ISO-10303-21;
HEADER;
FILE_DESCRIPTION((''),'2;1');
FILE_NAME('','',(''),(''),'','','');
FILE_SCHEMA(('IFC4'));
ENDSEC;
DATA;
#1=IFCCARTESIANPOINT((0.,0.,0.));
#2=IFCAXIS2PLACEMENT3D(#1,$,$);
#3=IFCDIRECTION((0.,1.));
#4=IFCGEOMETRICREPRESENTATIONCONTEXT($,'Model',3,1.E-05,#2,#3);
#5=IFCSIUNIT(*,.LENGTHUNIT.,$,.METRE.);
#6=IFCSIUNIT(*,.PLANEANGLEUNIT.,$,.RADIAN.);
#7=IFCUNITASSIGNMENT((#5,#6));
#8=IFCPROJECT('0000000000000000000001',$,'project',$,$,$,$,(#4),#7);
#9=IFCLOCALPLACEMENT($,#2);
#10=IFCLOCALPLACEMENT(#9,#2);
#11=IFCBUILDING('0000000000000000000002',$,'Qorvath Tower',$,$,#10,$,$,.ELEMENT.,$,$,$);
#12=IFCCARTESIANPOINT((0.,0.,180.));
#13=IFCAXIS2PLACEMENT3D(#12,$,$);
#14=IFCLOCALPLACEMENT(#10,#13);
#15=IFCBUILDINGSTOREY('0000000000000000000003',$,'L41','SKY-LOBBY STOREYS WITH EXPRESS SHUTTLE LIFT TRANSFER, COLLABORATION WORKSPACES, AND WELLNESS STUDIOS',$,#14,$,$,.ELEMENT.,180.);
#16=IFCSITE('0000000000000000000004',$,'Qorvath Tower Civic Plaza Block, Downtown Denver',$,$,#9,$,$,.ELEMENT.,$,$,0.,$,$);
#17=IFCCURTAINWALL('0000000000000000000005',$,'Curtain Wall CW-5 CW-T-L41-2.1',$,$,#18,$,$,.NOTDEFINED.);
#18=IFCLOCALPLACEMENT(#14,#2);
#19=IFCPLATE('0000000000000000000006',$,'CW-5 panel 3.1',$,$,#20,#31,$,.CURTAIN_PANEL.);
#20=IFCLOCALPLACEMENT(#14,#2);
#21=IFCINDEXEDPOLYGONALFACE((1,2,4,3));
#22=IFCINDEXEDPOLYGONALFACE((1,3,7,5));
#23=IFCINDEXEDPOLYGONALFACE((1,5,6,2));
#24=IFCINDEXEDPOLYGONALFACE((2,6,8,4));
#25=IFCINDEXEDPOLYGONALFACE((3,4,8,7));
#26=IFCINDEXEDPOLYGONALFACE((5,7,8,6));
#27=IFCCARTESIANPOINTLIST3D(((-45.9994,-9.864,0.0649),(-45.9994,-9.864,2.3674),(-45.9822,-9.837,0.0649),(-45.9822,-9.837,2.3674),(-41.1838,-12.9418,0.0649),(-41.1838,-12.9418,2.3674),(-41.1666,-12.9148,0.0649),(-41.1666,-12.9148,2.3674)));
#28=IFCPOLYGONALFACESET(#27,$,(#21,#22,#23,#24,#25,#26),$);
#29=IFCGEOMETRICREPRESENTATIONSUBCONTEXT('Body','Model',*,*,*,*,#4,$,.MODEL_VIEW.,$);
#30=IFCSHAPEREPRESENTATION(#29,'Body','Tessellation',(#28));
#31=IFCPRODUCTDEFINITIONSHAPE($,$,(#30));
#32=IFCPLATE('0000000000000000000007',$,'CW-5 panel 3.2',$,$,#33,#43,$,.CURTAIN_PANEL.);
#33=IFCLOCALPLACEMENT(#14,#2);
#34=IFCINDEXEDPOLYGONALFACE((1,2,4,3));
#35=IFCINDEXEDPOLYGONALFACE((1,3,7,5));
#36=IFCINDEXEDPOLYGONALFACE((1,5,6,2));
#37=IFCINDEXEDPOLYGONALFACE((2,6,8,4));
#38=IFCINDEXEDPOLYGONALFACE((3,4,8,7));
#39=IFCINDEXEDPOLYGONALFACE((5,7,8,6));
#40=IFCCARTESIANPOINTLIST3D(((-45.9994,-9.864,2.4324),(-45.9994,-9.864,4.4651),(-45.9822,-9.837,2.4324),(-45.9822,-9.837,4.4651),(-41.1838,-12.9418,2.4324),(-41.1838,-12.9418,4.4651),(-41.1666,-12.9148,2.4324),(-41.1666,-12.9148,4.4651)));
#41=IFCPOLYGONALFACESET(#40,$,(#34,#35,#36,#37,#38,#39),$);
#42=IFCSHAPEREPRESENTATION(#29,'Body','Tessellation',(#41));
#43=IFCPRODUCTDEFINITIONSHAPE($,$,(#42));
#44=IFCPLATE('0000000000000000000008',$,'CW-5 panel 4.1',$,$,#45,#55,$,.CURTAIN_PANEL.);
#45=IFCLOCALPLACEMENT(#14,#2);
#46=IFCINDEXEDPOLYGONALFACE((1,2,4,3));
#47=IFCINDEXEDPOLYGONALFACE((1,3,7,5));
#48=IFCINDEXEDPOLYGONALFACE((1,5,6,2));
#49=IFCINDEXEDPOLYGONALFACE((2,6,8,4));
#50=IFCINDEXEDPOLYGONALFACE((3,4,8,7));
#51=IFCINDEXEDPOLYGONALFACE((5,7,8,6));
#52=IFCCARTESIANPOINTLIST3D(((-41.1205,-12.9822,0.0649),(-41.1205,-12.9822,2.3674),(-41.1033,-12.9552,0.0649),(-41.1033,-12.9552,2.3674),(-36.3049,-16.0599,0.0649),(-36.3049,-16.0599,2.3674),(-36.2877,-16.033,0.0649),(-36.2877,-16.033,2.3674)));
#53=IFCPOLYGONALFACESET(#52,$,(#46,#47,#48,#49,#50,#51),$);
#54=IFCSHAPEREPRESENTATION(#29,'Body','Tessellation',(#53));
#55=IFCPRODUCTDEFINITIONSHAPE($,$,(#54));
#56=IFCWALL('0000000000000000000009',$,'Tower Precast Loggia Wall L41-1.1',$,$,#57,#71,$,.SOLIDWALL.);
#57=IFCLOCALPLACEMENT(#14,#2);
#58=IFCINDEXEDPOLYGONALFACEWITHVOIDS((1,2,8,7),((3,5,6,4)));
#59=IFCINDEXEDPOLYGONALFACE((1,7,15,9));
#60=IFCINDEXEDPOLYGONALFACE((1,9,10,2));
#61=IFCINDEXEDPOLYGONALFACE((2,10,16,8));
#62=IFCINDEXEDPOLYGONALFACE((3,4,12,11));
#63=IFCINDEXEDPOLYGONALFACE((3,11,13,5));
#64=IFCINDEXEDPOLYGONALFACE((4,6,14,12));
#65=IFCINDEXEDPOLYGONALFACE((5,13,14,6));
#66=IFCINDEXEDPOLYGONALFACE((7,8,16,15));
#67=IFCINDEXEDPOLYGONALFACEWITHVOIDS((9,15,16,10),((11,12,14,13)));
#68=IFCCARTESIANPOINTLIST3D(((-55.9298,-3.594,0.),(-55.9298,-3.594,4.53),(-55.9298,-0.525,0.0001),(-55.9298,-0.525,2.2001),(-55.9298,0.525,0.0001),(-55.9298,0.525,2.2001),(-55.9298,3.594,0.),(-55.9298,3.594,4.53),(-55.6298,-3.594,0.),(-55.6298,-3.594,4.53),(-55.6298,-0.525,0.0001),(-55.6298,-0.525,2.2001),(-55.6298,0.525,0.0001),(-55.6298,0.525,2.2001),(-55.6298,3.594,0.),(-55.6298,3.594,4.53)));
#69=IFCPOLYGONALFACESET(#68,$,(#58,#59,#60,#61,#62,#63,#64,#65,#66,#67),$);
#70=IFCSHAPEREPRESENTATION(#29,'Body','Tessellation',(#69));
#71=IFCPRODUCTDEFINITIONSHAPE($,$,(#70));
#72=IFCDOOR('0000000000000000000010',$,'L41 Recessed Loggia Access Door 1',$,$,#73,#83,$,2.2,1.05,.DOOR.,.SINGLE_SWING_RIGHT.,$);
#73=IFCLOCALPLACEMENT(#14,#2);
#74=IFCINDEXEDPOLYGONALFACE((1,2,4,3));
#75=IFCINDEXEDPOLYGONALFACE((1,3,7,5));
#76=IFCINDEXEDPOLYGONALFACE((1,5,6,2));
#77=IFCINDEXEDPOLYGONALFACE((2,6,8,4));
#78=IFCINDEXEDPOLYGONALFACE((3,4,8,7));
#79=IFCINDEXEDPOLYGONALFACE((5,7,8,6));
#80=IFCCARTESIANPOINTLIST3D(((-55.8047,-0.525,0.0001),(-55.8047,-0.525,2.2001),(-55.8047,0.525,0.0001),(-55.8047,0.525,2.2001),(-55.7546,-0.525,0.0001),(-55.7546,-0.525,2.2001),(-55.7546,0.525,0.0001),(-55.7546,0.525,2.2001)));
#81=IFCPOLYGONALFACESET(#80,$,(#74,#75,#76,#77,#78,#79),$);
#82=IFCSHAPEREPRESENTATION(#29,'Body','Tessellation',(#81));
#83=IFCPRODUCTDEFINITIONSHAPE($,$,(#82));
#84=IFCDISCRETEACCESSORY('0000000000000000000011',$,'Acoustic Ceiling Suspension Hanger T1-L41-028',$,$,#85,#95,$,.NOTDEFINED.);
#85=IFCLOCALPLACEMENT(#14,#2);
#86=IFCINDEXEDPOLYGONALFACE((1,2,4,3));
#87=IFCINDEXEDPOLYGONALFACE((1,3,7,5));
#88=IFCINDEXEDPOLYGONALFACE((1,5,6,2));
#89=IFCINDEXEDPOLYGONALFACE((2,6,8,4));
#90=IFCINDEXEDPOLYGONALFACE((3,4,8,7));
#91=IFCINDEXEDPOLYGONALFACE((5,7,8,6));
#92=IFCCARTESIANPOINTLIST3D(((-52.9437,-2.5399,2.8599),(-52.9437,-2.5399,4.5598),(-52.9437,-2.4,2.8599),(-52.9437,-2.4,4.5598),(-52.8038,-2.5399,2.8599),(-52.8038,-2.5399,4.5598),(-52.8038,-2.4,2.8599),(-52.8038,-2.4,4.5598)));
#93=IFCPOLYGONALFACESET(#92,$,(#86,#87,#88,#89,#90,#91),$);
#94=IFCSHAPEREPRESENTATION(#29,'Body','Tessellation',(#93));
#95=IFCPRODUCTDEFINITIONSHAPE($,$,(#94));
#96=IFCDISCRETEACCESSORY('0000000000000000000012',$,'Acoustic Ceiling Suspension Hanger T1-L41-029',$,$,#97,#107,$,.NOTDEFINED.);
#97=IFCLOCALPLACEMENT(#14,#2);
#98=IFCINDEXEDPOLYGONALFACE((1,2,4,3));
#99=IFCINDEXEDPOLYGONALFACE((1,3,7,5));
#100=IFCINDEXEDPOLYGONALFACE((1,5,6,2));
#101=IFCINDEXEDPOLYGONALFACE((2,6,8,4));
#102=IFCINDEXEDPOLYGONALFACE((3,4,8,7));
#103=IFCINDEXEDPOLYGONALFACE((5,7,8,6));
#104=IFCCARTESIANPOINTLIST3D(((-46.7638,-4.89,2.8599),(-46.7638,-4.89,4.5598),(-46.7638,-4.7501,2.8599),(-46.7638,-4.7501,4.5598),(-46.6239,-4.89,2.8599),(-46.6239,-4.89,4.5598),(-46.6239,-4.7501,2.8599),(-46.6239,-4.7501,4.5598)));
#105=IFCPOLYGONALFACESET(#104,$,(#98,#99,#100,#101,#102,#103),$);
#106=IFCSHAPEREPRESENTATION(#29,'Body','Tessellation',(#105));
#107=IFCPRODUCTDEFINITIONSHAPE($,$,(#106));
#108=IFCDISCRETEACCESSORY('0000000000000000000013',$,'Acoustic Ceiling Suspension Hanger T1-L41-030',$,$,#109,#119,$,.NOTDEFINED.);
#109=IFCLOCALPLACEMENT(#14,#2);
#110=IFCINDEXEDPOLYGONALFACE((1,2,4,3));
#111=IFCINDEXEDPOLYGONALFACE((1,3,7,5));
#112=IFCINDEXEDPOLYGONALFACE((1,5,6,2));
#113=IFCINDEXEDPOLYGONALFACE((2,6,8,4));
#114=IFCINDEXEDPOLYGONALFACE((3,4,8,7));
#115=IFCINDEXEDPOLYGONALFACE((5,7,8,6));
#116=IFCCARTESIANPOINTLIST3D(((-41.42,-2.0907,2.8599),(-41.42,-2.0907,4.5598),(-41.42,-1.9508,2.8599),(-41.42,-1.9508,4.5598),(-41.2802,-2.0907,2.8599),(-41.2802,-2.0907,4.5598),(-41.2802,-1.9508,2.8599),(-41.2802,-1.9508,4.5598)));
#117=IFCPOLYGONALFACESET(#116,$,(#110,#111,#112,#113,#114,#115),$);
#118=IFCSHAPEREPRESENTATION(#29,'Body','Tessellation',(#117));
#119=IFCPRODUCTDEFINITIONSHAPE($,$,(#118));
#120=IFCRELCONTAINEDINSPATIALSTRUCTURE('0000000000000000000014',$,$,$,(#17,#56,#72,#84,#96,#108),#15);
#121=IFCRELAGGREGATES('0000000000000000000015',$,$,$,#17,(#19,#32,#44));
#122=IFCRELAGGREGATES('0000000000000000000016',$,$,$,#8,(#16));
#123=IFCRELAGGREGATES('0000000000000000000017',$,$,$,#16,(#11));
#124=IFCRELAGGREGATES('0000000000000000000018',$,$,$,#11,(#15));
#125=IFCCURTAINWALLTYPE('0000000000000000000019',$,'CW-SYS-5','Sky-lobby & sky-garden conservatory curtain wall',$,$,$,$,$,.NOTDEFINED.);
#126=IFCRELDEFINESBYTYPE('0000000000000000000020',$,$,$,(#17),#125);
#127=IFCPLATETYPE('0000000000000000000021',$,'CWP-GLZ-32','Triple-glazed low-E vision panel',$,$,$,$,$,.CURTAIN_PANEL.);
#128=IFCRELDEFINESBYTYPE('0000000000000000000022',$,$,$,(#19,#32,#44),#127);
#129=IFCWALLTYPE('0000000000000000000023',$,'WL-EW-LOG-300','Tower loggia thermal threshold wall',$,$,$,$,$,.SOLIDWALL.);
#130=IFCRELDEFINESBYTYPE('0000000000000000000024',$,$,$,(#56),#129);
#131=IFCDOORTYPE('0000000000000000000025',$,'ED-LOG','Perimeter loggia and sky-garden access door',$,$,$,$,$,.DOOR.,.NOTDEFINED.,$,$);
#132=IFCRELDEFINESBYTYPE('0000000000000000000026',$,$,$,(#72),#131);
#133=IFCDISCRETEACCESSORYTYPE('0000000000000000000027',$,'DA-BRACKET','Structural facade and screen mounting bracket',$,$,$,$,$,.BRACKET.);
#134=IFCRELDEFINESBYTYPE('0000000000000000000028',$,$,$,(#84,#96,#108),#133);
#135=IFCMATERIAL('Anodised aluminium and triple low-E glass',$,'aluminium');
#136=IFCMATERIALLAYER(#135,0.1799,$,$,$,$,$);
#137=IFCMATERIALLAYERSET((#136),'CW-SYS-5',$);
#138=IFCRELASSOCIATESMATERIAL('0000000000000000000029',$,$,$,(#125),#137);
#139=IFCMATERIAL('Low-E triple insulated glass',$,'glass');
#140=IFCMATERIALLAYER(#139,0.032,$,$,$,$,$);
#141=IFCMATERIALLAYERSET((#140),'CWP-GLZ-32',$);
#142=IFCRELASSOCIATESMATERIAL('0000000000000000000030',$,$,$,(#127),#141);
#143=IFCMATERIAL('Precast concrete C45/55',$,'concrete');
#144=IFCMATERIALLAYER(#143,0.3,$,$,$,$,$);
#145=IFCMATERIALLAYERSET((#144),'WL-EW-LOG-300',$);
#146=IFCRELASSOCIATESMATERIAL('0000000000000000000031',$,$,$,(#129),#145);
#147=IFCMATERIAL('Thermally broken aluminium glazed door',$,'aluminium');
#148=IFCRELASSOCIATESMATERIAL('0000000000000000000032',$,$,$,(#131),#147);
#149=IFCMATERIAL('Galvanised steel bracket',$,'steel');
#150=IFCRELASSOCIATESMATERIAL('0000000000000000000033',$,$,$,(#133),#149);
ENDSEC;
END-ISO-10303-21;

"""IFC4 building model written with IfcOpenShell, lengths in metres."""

from ifc_helpers import new_model, si_unit, direction, frame, frame_2d, origin, origin_2d, place, context, subcontext, project, spatial, rectangle, extrude, material, layer, layer_set, type_object, element, fill, aggregate, save


model = new_model("IFC4")

# Units and contexts
model_context = context("Model", 3, precision=1e-05, world=origin(), true_north=direction((0.0, 1.0)))
body_context = subcontext(model_context, "Body", "Model", "MODEL_VIEW")
ifc_project = project(units=[si_unit("LENGTHUNIT", "METRE"), si_unit("PLANEANGLEUNIT", "RADIAN")], contexts=[model_context])

# Site, building, storey
site_placement = place(None, origin())
site = spatial("IfcSite", under=ifc_project, at=site_placement, Name="Qorvath Tower Civic Plaza Block, Downtown Denver", CompositionType="ELEMENT", RefElevation=0.0)
building_placement = place(site_placement, origin())
building = spatial("IfcBuilding", under=site, at=building_placement, Name="Qorvath Tower", CompositionType="ELEMENT")
storey_placement = place(building_placement, frame((0.0, 0.0, 180.0)))
storey = spatial("IfcBuildingStorey", under=building, at=storey_placement, Name="L41", Description="SKY-LOBBY STOREYS WITH EXPRESS SHUTTLE LIFT TRANSFER, COLLABORATION WORKSPACES, AND WELLNESS STUDIOS", CompositionType="ELEMENT", Elevation=180.0)

# Curtain wall, plates
ifc_material_1 = material(Name="Anodised aluminium and triple low-E glass", Category="aluminium")
ifc_layer_1 = layer(ifc_material_1, 0.1799)
ifc_layer_set_1 = layer_set([ifc_layer_1], Name="CW-SYS-5")
curtain_wall_type = type_object("IfcCurtainWallType", Name="CW-SYS-5", Description="Sky-lobby & sky-garden conservatory curtain wall", PredefinedType="NOTDEFINED", material=ifc_layer_set_1)
curtain_wall_placement = place(storey_placement, origin())
curtain_wall = element("IfcCurtainWall", 1, at=curtain_wall_placement, inside=storey, type_object=curtain_wall_type, Name="Curtain Wall CW-5 CW-T-L41-2.1", PredefinedType="NOTDEFINED")
ifc_material_2 = material(Name="Low-E triple insulated glass", Category="glass")
ifc_layer_2 = layer(ifc_material_2, 0.032)
ifc_layer_set_2 = layer_set([ifc_layer_2], Name="CWP-GLZ-32")
plate_type = type_object("IfcPlateType", Name="CWP-GLZ-32", Description="Triple-glazed low-E vision panel", PredefinedType="CURTAIN_PANEL", material=ifc_layer_set_2)
plate_1_placement = place(storey_placement, frame((-43.583, -11.3894, 0.0649), z_axis=(0.0, 0.0, 1.0), x_axis=(0.842604, -0.538533, 0.0)))
plate_1 = element("IfcPlate", 2, at=plate_1_placement, type_object=plate_type, Name="CW-5 panel 3.1", PredefinedType="CURTAIN_PANEL", context=body_context, shape_type="SweptSolid", body=[
    extrude(rectangle(XDim=5.7151, YDim=0.032, at=origin_2d()), origin(), (0.0, 0.0, 1.0), 2.3025),
])
plate_2_placement = place(storey_placement, frame((-43.583, -11.3894, 2.4324), z_axis=(0.0, 0.0, 1.0), x_axis=(0.842604, -0.538533, 0.0)))
plate_2 = element("IfcPlate", 3, at=plate_2_placement, type_object=plate_type, Name="CW-5 panel 3.2", PredefinedType="CURTAIN_PANEL", context=body_context, shape_type="SweptSolid", body=[
    extrude(rectangle(XDim=5.7151, YDim=0.032, at=origin_2d()), origin(), (0.0, 0.0, 1.0), 2.0327),
])
plate_3_placement = place(storey_placement, frame((-38.7041, -14.5076, 0.0649), z_axis=(0.0, 0.0, 1.0), x_axis=(0.842604, -0.538533, 0.0)))
plate_3 = element("IfcPlate", 4, at=plate_3_placement, type_object=plate_type, Name="CW-5 panel 4.1", PredefinedType="CURTAIN_PANEL", context=body_context, shape_type="SweptSolid", body=[
    extrude(rectangle(XDim=5.7151, YDim=0.032, at=origin_2d()), origin(), (0.0, 0.0, 1.0), 2.3025),
])
aggregate(curtain_wall, [plate_1, plate_2, plate_3])

# Wall, opening, door
ifc_material_3 = material(Name="Precast concrete C45/55", Category="concrete")
ifc_layer_3 = layer(ifc_material_3, 0.3)
ifc_layer_set_3 = layer_set([ifc_layer_3], Name="WL-EW-LOG-300")
wall_type = type_object("IfcWallType", Name="WL-EW-LOG-300", Description="Tower loggia thermal threshold wall", PredefinedType="SOLIDWALL", material=ifc_layer_set_3)
wall_placement = place(storey_placement, frame((-55.7798, -3.594, 0.0), z_axis=(0.0, 0.0, 1.0), x_axis=(0.0, 1.0, 0.0)))
wall = element("IfcWall", 5, at=wall_placement, inside=storey, type_object=wall_type, Name="Tower Precast Loggia Wall L41-1.1", PredefinedType="SOLIDWALL", context=body_context, shape_type="SweptSolid", body=[
    extrude(rectangle(XDim=7.188, YDim=0.3, at=frame_2d((3.594, 0.0))), origin(), (0.0, 0.0, 1.0), 4.53),
])
opening_placement = place(wall_placement, frame((3.0691, 0.0, 0.0)))
opening = element("IfcOpeningElement", 6, at=opening_placement, cuts=wall, PredefinedType="OPENING", context=body_context, shape_type="SweptSolid", body=[
    extrude(rectangle(XDim=1.05, YDim=2.2, at=frame_2d((0.5249, 1.1001))), frame((0.0, 0.1602, 0.0), z_axis=(0.0, -1.0, 0.0), x_axis=(1.0, 0.0, 0.0)), (0.0, 0.0, 1.0), 0.3201),
])
ifc_material_4 = material(Name="Thermally broken aluminium glazed door", Category="aluminium")
door_type = type_object("IfcDoorType", Name="ED-LOG", Description="Perimeter loggia and sky-garden access door", OperationType="NOTDEFINED", PredefinedType="DOOR", material=ifc_material_4)
door_placement = place(opening_placement, origin())
door = element("IfcDoor", 7, at=door_placement, inside=storey, type_object=door_type, Name="L41 Recessed Loggia Access Door 1", OperationType="SINGLE_SWING_RIGHT", OverallHeight=2.2, OverallWidth=1.05, PredefinedType="DOOR", context=body_context, shape_type="SweptSolid", body=[
    extrude(rectangle(XDim=1.05, YDim=2.2, at=frame_2d((0.5249, 1.1001))), frame((0.0, 0.0249, 0.0), z_axis=(0.0, -1.0, 0.0), x_axis=(1.0, 0.0, 0.0)), (0.0, 0.0, 1.0), 0.05),
])
fill(opening, door)

# Discrete accessories
ifc_material_5 = material(Name="Galvanised steel bracket", Category="steel")
discrete_accessory_type = type_object("IfcDiscreteAccessoryType", Name="DA-BRACKET", Description="Structural facade and screen mounting bracket", PredefinedType="BRACKET", material=ifc_material_5)
for number, where, z_axis, x_axis, name in (
    (8, (-52.8738, -2.47, 2.8599), (0.0, 0.0, 1.0), (1.0, 0.0, 0.0), "Acoustic Ceiling Suspension Hanger T1-L41-028"),
    (9, (-46.6938, -4.8201, 2.8599), (0.0, 0.0, 1.0), (1.0, 0.0, 0.0), "Acoustic Ceiling Suspension Hanger T1-L41-029"),
    (10, (-41.3501, -2.0208, 2.8599), (0.0, 0.0, 1.0), (1.0, 0.0, 0.0), "Acoustic Ceiling Suspension Hanger T1-L41-030"),
):
    element("IfcDiscreteAccessory", number, at=place(storey_placement, frame(where, z_axis=z_axis, x_axis=x_axis)), inside=storey, type_object=discrete_accessory_type, Name=name, PredefinedType="NOTDEFINED", context=body_context, shape_type="SweptSolid", body=[
        extrude(rectangle(XDim=0.1399, YDim=0.1399, at=origin_2d()), origin(), (0.0, 0.0, 1.0), 1.7),
    ])

save(model, "model.ifc")
